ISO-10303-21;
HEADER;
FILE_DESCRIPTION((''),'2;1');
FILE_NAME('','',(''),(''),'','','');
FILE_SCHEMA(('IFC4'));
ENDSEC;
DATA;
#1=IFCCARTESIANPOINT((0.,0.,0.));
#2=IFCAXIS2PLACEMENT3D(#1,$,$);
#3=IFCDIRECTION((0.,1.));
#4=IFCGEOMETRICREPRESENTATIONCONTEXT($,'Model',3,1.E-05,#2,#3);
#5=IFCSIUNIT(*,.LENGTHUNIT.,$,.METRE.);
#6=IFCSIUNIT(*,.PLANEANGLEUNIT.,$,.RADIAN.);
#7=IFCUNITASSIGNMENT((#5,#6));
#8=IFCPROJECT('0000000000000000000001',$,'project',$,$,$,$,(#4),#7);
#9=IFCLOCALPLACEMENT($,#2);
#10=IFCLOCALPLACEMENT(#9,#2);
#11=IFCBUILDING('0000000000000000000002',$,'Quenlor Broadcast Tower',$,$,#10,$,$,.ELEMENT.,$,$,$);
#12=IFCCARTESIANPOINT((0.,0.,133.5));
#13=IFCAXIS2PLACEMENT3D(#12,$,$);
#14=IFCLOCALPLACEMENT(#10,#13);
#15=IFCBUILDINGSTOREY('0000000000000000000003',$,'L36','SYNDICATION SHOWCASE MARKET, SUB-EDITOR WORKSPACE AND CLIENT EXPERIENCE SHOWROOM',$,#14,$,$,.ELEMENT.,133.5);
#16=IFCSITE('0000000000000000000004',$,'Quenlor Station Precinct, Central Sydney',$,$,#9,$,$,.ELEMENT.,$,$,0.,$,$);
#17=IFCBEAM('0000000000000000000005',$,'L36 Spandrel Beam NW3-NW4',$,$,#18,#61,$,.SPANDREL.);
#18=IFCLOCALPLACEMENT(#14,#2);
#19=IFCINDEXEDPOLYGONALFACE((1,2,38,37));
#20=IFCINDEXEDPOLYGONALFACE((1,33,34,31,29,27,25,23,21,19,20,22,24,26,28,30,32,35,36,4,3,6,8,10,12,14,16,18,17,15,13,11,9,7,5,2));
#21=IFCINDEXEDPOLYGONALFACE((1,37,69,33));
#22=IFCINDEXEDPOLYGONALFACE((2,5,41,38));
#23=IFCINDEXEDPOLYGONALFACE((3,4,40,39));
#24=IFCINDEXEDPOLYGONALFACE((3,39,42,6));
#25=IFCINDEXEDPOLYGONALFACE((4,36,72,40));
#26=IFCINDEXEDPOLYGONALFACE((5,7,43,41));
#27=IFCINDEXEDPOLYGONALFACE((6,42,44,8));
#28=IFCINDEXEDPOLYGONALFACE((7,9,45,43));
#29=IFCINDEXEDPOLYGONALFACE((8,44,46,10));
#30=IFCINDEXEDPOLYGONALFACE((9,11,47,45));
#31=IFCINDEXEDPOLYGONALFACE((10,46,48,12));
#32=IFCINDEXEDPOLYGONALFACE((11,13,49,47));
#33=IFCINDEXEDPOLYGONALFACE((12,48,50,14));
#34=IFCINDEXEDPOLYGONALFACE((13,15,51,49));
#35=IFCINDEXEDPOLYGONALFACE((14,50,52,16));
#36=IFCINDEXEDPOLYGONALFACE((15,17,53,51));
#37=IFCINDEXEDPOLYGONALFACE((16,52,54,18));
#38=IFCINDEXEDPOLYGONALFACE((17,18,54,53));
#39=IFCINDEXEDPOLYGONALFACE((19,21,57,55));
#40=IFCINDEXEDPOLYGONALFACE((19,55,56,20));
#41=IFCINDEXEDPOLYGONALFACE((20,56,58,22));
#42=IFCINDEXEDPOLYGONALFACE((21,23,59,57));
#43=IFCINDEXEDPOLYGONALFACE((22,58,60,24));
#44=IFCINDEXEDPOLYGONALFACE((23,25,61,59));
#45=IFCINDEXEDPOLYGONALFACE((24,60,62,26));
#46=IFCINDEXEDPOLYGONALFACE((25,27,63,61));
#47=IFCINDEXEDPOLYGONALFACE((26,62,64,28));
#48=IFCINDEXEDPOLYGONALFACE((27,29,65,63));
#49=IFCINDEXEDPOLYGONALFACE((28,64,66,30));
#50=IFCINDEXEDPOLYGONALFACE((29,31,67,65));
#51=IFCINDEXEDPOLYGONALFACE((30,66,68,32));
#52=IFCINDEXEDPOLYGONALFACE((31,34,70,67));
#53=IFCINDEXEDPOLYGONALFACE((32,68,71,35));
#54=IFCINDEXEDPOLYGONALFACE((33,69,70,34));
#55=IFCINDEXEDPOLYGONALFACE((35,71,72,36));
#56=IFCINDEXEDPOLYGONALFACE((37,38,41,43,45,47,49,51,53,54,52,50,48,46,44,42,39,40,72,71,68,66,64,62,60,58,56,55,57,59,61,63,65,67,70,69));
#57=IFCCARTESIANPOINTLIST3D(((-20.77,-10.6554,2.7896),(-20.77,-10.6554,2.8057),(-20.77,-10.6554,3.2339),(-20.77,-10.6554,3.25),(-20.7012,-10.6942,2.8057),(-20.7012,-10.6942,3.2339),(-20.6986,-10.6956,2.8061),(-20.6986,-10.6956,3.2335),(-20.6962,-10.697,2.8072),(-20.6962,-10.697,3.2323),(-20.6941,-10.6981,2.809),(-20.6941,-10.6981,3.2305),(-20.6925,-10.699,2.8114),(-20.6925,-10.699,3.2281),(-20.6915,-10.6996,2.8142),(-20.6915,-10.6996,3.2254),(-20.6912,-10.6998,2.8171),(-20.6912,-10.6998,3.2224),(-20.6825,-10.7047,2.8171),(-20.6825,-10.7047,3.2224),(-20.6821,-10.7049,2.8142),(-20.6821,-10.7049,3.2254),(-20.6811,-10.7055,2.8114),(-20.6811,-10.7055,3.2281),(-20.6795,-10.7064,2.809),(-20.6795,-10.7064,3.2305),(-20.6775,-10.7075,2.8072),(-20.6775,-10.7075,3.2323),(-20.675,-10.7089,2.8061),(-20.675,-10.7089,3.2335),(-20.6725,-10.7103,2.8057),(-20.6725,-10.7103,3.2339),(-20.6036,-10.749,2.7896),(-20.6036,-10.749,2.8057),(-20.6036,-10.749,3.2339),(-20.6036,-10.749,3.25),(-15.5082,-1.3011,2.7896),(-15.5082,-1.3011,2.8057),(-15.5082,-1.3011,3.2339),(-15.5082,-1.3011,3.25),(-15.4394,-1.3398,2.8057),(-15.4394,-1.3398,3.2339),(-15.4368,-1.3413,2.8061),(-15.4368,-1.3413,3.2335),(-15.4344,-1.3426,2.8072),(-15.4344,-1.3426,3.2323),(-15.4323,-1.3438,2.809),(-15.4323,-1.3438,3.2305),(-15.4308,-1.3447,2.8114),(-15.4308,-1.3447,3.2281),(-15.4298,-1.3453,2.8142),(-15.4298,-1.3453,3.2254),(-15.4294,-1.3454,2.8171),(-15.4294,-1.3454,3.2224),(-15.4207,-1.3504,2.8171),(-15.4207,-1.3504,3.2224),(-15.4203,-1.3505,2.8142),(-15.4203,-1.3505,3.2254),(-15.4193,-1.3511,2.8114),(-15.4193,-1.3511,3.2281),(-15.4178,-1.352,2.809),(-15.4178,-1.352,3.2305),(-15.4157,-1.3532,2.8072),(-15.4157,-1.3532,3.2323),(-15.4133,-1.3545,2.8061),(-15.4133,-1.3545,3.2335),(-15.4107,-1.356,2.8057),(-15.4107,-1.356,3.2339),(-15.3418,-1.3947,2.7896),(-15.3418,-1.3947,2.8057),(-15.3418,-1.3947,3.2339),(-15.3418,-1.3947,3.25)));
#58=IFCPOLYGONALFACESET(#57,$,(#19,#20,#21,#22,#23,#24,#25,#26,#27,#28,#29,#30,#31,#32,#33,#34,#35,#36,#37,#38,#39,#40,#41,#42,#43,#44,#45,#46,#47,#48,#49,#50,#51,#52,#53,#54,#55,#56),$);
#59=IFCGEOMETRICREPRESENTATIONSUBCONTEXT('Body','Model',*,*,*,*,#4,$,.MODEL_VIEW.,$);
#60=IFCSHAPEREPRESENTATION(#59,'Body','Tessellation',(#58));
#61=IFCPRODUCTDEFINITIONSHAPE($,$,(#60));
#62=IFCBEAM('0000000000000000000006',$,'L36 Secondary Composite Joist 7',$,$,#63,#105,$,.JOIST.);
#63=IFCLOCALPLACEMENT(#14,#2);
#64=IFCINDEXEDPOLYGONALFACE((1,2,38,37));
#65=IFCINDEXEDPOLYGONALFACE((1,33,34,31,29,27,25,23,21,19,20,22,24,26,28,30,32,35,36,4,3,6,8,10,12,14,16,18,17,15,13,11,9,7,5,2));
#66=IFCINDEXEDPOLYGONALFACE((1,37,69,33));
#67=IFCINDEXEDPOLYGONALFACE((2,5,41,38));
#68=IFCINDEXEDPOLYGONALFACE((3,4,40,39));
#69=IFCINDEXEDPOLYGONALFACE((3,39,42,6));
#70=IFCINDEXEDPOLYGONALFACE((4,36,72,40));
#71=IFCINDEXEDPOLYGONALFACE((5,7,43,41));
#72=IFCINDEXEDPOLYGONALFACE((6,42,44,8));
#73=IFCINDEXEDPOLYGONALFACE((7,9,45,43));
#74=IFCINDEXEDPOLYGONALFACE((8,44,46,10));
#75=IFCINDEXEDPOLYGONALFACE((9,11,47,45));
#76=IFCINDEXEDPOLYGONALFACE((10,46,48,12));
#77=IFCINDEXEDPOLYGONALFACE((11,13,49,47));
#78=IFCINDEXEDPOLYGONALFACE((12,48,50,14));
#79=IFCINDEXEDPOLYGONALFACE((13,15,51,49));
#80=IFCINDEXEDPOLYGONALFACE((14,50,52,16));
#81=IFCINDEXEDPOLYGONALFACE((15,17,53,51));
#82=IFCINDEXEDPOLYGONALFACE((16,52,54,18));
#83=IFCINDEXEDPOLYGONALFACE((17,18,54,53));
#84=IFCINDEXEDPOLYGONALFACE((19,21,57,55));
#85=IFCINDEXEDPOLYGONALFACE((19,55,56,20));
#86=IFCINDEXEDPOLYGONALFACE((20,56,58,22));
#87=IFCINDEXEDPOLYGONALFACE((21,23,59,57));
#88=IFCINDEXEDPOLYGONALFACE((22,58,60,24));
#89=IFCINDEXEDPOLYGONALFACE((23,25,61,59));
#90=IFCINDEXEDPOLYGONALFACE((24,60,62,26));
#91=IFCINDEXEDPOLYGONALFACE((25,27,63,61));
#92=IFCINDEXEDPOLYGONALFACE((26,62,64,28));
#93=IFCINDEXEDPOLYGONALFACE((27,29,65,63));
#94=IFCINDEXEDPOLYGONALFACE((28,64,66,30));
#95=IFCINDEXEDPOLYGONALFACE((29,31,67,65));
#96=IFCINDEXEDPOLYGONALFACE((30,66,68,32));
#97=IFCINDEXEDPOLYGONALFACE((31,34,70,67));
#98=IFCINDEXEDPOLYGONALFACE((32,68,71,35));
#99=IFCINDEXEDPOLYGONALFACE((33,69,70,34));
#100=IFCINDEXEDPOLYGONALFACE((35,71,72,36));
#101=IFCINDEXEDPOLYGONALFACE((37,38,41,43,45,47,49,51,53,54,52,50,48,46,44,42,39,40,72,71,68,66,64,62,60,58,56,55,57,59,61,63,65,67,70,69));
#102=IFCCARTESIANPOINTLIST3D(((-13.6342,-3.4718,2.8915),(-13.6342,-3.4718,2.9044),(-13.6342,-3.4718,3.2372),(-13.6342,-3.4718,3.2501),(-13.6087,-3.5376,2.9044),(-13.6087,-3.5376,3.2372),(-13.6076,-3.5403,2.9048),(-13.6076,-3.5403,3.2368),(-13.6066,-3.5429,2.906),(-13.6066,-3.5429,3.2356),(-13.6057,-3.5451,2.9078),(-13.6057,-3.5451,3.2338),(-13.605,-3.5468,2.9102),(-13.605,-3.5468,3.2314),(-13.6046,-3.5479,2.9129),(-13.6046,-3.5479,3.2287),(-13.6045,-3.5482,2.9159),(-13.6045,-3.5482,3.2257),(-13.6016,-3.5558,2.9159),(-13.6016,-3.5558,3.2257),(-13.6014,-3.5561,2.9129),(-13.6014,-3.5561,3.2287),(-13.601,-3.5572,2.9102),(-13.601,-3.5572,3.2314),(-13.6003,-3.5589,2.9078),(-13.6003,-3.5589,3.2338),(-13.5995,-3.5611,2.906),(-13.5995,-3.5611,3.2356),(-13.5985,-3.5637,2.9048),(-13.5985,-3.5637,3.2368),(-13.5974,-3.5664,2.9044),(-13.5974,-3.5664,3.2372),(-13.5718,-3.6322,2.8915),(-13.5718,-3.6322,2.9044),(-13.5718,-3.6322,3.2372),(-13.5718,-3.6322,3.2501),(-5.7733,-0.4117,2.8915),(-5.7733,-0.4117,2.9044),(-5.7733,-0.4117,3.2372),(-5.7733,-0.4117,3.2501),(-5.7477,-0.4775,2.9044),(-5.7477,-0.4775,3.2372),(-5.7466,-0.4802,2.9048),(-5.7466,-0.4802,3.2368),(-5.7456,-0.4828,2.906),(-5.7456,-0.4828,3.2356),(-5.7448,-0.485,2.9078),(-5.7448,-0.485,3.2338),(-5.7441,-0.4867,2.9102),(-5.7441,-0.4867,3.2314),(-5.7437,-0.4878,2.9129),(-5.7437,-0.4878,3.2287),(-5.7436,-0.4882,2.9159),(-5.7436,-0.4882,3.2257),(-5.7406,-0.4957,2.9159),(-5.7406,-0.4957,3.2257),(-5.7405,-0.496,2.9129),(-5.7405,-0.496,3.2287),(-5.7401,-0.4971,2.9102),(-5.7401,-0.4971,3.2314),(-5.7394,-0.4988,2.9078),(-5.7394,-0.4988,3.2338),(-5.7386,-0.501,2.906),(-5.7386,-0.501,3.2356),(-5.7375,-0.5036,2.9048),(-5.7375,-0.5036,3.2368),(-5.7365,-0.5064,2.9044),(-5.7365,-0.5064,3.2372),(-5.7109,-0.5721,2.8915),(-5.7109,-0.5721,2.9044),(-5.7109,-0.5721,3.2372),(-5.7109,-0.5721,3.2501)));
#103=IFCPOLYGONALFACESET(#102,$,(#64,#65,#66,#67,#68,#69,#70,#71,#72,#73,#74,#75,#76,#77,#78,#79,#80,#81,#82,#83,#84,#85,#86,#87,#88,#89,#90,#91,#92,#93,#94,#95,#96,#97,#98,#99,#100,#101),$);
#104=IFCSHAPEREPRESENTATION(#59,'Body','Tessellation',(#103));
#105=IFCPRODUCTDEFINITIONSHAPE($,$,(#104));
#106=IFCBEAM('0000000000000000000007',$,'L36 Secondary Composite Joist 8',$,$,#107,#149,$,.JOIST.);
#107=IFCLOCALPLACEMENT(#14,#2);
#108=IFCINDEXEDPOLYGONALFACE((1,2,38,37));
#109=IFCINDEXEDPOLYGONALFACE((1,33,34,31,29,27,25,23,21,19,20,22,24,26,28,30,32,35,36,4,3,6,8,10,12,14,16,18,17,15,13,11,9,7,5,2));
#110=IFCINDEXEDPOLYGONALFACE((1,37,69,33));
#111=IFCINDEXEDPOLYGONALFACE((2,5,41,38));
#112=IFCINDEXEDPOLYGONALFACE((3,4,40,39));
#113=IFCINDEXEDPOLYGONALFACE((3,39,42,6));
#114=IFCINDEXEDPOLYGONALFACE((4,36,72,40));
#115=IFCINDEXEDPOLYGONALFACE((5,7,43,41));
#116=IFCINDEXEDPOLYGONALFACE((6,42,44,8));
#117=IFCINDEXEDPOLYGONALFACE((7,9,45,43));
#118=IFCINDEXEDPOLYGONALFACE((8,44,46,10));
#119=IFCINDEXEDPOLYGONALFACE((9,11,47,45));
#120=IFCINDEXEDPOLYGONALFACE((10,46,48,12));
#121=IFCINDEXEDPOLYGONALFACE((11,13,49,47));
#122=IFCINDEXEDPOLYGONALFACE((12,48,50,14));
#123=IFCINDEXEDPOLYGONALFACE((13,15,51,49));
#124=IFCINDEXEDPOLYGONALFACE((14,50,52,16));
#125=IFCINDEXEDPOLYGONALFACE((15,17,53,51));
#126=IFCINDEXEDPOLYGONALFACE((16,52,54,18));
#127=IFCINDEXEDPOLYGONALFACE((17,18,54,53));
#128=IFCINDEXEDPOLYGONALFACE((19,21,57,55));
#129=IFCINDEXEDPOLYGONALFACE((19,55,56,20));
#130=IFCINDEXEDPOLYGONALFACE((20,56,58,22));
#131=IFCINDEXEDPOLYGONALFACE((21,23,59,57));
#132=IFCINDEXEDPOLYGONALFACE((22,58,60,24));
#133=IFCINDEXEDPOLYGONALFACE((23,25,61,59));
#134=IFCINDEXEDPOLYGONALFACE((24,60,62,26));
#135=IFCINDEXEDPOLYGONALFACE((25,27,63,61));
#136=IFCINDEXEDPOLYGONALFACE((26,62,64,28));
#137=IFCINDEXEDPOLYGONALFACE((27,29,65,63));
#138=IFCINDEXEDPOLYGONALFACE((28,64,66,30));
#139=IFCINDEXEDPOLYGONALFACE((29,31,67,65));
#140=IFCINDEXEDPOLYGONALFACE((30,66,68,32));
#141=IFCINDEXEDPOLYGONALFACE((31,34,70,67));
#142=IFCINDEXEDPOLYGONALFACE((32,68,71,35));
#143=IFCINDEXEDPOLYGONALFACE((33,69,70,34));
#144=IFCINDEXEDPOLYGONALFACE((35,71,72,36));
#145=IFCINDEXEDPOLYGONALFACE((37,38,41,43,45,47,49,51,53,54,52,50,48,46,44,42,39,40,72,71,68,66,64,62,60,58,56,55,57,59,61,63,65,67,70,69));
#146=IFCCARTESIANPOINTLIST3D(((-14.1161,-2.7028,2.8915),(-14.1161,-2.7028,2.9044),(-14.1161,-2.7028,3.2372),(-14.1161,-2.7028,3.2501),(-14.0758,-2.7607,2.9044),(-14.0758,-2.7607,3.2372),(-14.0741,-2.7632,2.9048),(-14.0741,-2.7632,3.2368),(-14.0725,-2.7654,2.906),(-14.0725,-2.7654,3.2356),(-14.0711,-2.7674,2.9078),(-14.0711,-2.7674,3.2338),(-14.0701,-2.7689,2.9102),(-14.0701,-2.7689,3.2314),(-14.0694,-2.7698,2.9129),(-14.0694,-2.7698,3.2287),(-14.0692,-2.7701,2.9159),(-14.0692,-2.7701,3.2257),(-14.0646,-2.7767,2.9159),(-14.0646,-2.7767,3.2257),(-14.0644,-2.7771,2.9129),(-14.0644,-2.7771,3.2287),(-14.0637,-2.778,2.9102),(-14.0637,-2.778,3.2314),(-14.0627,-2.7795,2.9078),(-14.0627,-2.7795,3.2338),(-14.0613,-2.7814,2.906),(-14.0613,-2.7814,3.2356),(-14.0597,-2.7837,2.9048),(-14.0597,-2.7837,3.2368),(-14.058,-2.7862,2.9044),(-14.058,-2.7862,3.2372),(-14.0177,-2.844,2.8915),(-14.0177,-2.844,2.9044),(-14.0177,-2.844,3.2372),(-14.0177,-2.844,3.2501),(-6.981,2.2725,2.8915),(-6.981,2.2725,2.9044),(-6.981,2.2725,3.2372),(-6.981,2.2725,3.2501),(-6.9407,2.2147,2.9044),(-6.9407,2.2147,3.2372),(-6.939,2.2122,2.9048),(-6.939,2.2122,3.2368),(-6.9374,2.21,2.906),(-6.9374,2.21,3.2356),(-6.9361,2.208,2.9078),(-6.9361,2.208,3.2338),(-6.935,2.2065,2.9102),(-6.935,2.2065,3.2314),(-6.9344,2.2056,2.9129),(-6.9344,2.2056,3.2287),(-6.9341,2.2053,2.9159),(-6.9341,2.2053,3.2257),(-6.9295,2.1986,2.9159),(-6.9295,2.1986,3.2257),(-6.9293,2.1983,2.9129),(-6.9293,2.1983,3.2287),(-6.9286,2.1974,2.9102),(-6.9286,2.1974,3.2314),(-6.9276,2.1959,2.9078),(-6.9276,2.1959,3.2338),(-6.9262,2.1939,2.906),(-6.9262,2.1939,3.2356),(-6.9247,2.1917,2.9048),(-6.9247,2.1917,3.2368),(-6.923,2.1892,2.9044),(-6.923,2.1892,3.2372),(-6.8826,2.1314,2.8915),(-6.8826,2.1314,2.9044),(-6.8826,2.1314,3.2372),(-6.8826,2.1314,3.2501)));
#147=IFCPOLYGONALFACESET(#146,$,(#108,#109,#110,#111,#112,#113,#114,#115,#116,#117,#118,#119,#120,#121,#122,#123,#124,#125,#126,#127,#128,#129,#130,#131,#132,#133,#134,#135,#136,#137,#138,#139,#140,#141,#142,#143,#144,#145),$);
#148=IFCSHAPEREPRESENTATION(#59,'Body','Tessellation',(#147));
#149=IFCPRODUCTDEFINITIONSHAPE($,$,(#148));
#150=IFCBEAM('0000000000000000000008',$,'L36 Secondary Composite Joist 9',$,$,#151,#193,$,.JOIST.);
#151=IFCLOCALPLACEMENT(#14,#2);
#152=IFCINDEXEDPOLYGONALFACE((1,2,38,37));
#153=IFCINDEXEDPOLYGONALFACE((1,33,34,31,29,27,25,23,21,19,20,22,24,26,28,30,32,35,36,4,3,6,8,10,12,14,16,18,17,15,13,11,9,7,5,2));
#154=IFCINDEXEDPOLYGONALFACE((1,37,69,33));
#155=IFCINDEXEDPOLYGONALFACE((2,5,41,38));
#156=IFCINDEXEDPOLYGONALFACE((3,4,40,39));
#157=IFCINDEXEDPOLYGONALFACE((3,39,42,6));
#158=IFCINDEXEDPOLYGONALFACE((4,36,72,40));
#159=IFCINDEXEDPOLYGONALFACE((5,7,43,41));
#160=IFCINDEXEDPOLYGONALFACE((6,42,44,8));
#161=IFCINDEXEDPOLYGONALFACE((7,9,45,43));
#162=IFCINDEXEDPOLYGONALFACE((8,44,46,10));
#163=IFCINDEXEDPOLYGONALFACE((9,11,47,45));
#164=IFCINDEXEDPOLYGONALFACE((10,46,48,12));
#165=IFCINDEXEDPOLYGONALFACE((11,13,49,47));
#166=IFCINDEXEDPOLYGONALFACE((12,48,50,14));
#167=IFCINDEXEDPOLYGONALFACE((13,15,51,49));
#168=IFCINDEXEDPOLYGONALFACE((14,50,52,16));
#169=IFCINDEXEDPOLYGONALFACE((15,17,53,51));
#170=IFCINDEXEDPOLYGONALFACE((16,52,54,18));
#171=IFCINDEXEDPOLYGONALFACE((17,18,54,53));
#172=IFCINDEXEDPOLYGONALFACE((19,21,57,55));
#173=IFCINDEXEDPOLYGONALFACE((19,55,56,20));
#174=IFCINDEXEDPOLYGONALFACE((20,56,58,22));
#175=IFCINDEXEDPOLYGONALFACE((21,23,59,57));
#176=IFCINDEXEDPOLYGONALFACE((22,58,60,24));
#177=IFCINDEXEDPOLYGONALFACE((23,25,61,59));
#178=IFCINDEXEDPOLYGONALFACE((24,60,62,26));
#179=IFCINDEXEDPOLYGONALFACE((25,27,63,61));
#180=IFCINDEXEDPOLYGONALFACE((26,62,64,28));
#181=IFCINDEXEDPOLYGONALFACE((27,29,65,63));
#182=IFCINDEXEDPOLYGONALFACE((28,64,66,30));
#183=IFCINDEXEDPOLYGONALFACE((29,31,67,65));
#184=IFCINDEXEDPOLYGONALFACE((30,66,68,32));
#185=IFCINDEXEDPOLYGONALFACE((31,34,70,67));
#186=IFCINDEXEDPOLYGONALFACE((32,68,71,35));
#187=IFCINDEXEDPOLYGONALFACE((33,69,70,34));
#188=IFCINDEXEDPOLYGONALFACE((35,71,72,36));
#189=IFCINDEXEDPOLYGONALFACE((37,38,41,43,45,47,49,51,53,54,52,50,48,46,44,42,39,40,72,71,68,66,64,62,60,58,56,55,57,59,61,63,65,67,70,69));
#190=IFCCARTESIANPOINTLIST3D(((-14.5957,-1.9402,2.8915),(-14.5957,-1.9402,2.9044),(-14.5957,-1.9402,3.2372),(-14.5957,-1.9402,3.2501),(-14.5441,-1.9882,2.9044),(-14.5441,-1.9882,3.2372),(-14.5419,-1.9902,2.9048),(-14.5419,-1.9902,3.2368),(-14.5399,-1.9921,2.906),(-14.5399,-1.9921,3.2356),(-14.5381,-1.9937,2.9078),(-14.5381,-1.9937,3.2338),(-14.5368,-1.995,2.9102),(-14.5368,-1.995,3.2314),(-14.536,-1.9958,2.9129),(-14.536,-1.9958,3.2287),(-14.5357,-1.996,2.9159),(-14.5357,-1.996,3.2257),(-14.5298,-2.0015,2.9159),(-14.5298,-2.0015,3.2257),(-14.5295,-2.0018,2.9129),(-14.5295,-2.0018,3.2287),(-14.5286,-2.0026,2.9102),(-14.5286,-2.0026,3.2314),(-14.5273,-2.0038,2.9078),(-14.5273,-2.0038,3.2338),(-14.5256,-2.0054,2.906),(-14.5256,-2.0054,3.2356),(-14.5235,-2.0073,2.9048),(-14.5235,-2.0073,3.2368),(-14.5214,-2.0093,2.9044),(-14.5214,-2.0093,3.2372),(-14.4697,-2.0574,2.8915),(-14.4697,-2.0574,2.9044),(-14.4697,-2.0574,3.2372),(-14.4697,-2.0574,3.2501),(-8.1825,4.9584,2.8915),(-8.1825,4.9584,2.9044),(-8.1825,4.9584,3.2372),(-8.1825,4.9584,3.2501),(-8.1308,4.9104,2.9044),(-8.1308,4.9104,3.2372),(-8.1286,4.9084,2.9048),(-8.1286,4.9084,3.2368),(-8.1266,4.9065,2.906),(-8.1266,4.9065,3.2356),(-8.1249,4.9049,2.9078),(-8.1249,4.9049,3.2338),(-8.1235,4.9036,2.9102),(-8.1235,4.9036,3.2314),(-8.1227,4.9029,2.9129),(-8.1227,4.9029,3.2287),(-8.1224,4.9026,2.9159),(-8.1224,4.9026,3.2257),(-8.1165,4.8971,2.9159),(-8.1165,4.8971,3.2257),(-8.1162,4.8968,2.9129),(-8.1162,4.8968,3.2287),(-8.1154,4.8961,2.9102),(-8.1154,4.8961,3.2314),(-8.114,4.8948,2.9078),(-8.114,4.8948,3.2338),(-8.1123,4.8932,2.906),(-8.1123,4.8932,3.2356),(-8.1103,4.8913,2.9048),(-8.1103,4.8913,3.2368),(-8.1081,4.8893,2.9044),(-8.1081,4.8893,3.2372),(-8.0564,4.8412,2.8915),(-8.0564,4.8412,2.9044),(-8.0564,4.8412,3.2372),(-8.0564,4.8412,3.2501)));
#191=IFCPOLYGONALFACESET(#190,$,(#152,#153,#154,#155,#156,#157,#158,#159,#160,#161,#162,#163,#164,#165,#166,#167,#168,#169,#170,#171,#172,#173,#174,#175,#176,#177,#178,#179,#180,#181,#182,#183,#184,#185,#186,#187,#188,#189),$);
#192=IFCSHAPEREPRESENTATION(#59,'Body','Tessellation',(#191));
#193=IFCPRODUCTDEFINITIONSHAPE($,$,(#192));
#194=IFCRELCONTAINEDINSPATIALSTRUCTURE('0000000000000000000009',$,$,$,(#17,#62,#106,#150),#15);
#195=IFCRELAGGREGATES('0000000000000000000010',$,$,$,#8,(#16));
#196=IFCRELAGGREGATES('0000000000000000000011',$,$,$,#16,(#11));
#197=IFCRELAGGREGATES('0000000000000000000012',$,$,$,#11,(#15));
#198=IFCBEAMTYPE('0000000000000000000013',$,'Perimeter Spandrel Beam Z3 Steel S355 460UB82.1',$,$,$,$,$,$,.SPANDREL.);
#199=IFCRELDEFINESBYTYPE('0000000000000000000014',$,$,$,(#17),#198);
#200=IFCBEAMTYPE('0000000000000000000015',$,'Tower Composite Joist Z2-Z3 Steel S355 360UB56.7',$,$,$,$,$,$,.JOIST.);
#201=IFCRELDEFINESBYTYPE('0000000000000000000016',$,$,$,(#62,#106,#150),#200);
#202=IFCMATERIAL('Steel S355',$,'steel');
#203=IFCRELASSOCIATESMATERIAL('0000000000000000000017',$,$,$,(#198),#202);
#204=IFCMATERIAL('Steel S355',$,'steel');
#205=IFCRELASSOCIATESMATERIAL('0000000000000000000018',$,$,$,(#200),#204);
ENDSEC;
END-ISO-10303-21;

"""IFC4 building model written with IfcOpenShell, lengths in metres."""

from ifc_helpers import new_model, si_unit, direction, frame, origin, origin_2d, place, context, subcontext, project, spatial, i_section, extrude, material, material_profile, profile_set, type_object, element, save


model = new_model("IFC4")

# Units and contexts
model_context = context("Model", 3, precision=1e-05, world=origin(), true_north=direction((0.0, 1.0)))
body_context = subcontext(model_context, "Body", "Model", "MODEL_VIEW")
ifc_project = project(units=[si_unit("LENGTHUNIT", "METRE"), si_unit("PLANEANGLEUNIT", "RADIAN")], contexts=[model_context])

# Site, building, storey
site_placement = place(None, origin())
site = spatial("IfcSite", under=ifc_project, at=site_placement, Name="Quenlor Station Precinct, Central Sydney", CompositionType="ELEMENT", RefElevation=0.0)
building_placement = place(site_placement, origin())
building = spatial("IfcBuilding", under=site, at=building_placement, Name="Quenlor Broadcast Tower", CompositionType="ELEMENT")
storey_placement = place(building_placement, frame((0.0, 0.0, 133.5)))
storey = spatial("IfcBuildingStorey", under=building, at=storey_placement, Name="L36", Description="SYNDICATION SHOWCASE MARKET, SUB-EDITOR WORKSPACE AND CLIENT EXPERIENCE SHOWROOM", CompositionType="ELEMENT", Elevation=133.5)

# Beams
ifc_material_1 = material(Name="Steel S355", Category="steel")
ifc_material_profile_1 = material_profile(ifc_material_1, i_section(OverallWidth=0.1909, OverallDepth=0.4604, WebThickness=0.01, FlangeThickness=0.0161, FilletRadius=0.0115, at=origin_2d()))
ifc_profile_set_1 = profile_set([ifc_material_profile_1], Name="Steel S355 460UB82.1")
beam_type_1 = type_object("IfcBeamType", Name="Perimeter Spandrel Beam Z3 Steel S355 460UB82.1", PredefinedType="SPANDREL", material=ifc_profile_set_1)
beam_1_placement = place(storey_placement, frame((-15.425, -1.3479, 3.0198), z_axis=(-0.490258, -0.871577, 0.0), x_axis=(0.871577, -0.490258, 0.0)))
element("IfcBeam", 1, at=beam_1_placement, inside=storey, type_object=beam_type_1, Name="L36 Spandrel Beam NW3-NW4", PredefinedType="SPANDREL", context=body_context, shape_type="SweptSolid", body=[
    extrude(i_section(OverallWidth=0.1909, OverallDepth=0.4604, WebThickness=0.01, FlangeThickness=0.0161, FilletRadius=0.0115, at=origin_2d()), origin(), (0.0, 0.0, 1.0), 10.7327),
])
ifc_material_2 = material(Name="Steel S355", Category="steel")
ifc_material_profile_2 = material_profile(ifc_material_2, i_section(OverallWidth=0.1721, OverallDepth=0.3586, WebThickness=0.0081, FlangeThickness=0.0129, FilletRadius=0.0115, at=origin_2d()))
ifc_profile_set_2 = profile_set([ifc_material_profile_2], Name="Steel S355 360UB56.7")
beam_type_2 = type_object("IfcBeamType", Name="Tower Composite Joist Z2-Z3 Steel S355 360UB56.7", PredefinedType="JOIST", material=ifc_profile_set_2)
beam_2_placement = place(storey_placement, frame((-13.603, -3.552, 3.0708), z_axis=(0.931882, 0.362762, 0.0), x_axis=(-0.362762, 0.931882, 0.0)))
element("IfcBeam", 2, at=beam_2_placement, inside=storey, type_object=beam_type_2, Name="L36 Secondary Composite Joist 7", PredefinedType="JOIST", context=body_context, shape_type="SweptSolid", body=[
    extrude(i_section(OverallWidth=0.1721, OverallDepth=0.3586, WebThickness=0.0081, FlangeThickness=0.0129, FilletRadius=0.0115, at=origin_2d()), origin(), (0.0, 0.0, 1.0), 8.4355),
])
beam_3_placement = place(storey_placement, frame((-14.0669, -2.7734, 3.0708), z_axis=(0.820266, 0.571983, 0.0), x_axis=(-0.571983, 0.820266, 0.0)))
element("IfcBeam", 3, at=beam_3_placement, inside=storey, type_object=beam_type_2, Name="L36 Secondary Composite Joist 8", PredefinedType="JOIST", context=body_context, shape_type="SweptSolid", body=[
    extrude(i_section(OverallWidth=0.1721, OverallDepth=0.3586, WebThickness=0.0081, FlangeThickness=0.0129, FilletRadius=0.0115, at=origin_2d()), origin(), (0.0, 0.0, 1.0), 8.6985),
])
beam_4_placement = place(storey_placement, frame((-14.5327, -1.9988, 3.0708), z_axis=(0.680874, 0.732401, 0.0), x_axis=(-0.732401, 0.680874, 0.0)))
element("IfcBeam", 4, at=beam_4_placement, inside=storey, type_object=beam_type_2, Name="L36 Secondary Composite Joist 9", PredefinedType="JOIST", context=body_context, shape_type="SweptSolid", body=[
    extrude(i_section(OverallWidth=0.1721, OverallDepth=0.3586, WebThickness=0.0081, FlangeThickness=0.0129, FilletRadius=0.0115, at=origin_2d()), origin(), (0.0, 0.0, 1.0), 9.4192),
])

save(model, "model.ifc")
